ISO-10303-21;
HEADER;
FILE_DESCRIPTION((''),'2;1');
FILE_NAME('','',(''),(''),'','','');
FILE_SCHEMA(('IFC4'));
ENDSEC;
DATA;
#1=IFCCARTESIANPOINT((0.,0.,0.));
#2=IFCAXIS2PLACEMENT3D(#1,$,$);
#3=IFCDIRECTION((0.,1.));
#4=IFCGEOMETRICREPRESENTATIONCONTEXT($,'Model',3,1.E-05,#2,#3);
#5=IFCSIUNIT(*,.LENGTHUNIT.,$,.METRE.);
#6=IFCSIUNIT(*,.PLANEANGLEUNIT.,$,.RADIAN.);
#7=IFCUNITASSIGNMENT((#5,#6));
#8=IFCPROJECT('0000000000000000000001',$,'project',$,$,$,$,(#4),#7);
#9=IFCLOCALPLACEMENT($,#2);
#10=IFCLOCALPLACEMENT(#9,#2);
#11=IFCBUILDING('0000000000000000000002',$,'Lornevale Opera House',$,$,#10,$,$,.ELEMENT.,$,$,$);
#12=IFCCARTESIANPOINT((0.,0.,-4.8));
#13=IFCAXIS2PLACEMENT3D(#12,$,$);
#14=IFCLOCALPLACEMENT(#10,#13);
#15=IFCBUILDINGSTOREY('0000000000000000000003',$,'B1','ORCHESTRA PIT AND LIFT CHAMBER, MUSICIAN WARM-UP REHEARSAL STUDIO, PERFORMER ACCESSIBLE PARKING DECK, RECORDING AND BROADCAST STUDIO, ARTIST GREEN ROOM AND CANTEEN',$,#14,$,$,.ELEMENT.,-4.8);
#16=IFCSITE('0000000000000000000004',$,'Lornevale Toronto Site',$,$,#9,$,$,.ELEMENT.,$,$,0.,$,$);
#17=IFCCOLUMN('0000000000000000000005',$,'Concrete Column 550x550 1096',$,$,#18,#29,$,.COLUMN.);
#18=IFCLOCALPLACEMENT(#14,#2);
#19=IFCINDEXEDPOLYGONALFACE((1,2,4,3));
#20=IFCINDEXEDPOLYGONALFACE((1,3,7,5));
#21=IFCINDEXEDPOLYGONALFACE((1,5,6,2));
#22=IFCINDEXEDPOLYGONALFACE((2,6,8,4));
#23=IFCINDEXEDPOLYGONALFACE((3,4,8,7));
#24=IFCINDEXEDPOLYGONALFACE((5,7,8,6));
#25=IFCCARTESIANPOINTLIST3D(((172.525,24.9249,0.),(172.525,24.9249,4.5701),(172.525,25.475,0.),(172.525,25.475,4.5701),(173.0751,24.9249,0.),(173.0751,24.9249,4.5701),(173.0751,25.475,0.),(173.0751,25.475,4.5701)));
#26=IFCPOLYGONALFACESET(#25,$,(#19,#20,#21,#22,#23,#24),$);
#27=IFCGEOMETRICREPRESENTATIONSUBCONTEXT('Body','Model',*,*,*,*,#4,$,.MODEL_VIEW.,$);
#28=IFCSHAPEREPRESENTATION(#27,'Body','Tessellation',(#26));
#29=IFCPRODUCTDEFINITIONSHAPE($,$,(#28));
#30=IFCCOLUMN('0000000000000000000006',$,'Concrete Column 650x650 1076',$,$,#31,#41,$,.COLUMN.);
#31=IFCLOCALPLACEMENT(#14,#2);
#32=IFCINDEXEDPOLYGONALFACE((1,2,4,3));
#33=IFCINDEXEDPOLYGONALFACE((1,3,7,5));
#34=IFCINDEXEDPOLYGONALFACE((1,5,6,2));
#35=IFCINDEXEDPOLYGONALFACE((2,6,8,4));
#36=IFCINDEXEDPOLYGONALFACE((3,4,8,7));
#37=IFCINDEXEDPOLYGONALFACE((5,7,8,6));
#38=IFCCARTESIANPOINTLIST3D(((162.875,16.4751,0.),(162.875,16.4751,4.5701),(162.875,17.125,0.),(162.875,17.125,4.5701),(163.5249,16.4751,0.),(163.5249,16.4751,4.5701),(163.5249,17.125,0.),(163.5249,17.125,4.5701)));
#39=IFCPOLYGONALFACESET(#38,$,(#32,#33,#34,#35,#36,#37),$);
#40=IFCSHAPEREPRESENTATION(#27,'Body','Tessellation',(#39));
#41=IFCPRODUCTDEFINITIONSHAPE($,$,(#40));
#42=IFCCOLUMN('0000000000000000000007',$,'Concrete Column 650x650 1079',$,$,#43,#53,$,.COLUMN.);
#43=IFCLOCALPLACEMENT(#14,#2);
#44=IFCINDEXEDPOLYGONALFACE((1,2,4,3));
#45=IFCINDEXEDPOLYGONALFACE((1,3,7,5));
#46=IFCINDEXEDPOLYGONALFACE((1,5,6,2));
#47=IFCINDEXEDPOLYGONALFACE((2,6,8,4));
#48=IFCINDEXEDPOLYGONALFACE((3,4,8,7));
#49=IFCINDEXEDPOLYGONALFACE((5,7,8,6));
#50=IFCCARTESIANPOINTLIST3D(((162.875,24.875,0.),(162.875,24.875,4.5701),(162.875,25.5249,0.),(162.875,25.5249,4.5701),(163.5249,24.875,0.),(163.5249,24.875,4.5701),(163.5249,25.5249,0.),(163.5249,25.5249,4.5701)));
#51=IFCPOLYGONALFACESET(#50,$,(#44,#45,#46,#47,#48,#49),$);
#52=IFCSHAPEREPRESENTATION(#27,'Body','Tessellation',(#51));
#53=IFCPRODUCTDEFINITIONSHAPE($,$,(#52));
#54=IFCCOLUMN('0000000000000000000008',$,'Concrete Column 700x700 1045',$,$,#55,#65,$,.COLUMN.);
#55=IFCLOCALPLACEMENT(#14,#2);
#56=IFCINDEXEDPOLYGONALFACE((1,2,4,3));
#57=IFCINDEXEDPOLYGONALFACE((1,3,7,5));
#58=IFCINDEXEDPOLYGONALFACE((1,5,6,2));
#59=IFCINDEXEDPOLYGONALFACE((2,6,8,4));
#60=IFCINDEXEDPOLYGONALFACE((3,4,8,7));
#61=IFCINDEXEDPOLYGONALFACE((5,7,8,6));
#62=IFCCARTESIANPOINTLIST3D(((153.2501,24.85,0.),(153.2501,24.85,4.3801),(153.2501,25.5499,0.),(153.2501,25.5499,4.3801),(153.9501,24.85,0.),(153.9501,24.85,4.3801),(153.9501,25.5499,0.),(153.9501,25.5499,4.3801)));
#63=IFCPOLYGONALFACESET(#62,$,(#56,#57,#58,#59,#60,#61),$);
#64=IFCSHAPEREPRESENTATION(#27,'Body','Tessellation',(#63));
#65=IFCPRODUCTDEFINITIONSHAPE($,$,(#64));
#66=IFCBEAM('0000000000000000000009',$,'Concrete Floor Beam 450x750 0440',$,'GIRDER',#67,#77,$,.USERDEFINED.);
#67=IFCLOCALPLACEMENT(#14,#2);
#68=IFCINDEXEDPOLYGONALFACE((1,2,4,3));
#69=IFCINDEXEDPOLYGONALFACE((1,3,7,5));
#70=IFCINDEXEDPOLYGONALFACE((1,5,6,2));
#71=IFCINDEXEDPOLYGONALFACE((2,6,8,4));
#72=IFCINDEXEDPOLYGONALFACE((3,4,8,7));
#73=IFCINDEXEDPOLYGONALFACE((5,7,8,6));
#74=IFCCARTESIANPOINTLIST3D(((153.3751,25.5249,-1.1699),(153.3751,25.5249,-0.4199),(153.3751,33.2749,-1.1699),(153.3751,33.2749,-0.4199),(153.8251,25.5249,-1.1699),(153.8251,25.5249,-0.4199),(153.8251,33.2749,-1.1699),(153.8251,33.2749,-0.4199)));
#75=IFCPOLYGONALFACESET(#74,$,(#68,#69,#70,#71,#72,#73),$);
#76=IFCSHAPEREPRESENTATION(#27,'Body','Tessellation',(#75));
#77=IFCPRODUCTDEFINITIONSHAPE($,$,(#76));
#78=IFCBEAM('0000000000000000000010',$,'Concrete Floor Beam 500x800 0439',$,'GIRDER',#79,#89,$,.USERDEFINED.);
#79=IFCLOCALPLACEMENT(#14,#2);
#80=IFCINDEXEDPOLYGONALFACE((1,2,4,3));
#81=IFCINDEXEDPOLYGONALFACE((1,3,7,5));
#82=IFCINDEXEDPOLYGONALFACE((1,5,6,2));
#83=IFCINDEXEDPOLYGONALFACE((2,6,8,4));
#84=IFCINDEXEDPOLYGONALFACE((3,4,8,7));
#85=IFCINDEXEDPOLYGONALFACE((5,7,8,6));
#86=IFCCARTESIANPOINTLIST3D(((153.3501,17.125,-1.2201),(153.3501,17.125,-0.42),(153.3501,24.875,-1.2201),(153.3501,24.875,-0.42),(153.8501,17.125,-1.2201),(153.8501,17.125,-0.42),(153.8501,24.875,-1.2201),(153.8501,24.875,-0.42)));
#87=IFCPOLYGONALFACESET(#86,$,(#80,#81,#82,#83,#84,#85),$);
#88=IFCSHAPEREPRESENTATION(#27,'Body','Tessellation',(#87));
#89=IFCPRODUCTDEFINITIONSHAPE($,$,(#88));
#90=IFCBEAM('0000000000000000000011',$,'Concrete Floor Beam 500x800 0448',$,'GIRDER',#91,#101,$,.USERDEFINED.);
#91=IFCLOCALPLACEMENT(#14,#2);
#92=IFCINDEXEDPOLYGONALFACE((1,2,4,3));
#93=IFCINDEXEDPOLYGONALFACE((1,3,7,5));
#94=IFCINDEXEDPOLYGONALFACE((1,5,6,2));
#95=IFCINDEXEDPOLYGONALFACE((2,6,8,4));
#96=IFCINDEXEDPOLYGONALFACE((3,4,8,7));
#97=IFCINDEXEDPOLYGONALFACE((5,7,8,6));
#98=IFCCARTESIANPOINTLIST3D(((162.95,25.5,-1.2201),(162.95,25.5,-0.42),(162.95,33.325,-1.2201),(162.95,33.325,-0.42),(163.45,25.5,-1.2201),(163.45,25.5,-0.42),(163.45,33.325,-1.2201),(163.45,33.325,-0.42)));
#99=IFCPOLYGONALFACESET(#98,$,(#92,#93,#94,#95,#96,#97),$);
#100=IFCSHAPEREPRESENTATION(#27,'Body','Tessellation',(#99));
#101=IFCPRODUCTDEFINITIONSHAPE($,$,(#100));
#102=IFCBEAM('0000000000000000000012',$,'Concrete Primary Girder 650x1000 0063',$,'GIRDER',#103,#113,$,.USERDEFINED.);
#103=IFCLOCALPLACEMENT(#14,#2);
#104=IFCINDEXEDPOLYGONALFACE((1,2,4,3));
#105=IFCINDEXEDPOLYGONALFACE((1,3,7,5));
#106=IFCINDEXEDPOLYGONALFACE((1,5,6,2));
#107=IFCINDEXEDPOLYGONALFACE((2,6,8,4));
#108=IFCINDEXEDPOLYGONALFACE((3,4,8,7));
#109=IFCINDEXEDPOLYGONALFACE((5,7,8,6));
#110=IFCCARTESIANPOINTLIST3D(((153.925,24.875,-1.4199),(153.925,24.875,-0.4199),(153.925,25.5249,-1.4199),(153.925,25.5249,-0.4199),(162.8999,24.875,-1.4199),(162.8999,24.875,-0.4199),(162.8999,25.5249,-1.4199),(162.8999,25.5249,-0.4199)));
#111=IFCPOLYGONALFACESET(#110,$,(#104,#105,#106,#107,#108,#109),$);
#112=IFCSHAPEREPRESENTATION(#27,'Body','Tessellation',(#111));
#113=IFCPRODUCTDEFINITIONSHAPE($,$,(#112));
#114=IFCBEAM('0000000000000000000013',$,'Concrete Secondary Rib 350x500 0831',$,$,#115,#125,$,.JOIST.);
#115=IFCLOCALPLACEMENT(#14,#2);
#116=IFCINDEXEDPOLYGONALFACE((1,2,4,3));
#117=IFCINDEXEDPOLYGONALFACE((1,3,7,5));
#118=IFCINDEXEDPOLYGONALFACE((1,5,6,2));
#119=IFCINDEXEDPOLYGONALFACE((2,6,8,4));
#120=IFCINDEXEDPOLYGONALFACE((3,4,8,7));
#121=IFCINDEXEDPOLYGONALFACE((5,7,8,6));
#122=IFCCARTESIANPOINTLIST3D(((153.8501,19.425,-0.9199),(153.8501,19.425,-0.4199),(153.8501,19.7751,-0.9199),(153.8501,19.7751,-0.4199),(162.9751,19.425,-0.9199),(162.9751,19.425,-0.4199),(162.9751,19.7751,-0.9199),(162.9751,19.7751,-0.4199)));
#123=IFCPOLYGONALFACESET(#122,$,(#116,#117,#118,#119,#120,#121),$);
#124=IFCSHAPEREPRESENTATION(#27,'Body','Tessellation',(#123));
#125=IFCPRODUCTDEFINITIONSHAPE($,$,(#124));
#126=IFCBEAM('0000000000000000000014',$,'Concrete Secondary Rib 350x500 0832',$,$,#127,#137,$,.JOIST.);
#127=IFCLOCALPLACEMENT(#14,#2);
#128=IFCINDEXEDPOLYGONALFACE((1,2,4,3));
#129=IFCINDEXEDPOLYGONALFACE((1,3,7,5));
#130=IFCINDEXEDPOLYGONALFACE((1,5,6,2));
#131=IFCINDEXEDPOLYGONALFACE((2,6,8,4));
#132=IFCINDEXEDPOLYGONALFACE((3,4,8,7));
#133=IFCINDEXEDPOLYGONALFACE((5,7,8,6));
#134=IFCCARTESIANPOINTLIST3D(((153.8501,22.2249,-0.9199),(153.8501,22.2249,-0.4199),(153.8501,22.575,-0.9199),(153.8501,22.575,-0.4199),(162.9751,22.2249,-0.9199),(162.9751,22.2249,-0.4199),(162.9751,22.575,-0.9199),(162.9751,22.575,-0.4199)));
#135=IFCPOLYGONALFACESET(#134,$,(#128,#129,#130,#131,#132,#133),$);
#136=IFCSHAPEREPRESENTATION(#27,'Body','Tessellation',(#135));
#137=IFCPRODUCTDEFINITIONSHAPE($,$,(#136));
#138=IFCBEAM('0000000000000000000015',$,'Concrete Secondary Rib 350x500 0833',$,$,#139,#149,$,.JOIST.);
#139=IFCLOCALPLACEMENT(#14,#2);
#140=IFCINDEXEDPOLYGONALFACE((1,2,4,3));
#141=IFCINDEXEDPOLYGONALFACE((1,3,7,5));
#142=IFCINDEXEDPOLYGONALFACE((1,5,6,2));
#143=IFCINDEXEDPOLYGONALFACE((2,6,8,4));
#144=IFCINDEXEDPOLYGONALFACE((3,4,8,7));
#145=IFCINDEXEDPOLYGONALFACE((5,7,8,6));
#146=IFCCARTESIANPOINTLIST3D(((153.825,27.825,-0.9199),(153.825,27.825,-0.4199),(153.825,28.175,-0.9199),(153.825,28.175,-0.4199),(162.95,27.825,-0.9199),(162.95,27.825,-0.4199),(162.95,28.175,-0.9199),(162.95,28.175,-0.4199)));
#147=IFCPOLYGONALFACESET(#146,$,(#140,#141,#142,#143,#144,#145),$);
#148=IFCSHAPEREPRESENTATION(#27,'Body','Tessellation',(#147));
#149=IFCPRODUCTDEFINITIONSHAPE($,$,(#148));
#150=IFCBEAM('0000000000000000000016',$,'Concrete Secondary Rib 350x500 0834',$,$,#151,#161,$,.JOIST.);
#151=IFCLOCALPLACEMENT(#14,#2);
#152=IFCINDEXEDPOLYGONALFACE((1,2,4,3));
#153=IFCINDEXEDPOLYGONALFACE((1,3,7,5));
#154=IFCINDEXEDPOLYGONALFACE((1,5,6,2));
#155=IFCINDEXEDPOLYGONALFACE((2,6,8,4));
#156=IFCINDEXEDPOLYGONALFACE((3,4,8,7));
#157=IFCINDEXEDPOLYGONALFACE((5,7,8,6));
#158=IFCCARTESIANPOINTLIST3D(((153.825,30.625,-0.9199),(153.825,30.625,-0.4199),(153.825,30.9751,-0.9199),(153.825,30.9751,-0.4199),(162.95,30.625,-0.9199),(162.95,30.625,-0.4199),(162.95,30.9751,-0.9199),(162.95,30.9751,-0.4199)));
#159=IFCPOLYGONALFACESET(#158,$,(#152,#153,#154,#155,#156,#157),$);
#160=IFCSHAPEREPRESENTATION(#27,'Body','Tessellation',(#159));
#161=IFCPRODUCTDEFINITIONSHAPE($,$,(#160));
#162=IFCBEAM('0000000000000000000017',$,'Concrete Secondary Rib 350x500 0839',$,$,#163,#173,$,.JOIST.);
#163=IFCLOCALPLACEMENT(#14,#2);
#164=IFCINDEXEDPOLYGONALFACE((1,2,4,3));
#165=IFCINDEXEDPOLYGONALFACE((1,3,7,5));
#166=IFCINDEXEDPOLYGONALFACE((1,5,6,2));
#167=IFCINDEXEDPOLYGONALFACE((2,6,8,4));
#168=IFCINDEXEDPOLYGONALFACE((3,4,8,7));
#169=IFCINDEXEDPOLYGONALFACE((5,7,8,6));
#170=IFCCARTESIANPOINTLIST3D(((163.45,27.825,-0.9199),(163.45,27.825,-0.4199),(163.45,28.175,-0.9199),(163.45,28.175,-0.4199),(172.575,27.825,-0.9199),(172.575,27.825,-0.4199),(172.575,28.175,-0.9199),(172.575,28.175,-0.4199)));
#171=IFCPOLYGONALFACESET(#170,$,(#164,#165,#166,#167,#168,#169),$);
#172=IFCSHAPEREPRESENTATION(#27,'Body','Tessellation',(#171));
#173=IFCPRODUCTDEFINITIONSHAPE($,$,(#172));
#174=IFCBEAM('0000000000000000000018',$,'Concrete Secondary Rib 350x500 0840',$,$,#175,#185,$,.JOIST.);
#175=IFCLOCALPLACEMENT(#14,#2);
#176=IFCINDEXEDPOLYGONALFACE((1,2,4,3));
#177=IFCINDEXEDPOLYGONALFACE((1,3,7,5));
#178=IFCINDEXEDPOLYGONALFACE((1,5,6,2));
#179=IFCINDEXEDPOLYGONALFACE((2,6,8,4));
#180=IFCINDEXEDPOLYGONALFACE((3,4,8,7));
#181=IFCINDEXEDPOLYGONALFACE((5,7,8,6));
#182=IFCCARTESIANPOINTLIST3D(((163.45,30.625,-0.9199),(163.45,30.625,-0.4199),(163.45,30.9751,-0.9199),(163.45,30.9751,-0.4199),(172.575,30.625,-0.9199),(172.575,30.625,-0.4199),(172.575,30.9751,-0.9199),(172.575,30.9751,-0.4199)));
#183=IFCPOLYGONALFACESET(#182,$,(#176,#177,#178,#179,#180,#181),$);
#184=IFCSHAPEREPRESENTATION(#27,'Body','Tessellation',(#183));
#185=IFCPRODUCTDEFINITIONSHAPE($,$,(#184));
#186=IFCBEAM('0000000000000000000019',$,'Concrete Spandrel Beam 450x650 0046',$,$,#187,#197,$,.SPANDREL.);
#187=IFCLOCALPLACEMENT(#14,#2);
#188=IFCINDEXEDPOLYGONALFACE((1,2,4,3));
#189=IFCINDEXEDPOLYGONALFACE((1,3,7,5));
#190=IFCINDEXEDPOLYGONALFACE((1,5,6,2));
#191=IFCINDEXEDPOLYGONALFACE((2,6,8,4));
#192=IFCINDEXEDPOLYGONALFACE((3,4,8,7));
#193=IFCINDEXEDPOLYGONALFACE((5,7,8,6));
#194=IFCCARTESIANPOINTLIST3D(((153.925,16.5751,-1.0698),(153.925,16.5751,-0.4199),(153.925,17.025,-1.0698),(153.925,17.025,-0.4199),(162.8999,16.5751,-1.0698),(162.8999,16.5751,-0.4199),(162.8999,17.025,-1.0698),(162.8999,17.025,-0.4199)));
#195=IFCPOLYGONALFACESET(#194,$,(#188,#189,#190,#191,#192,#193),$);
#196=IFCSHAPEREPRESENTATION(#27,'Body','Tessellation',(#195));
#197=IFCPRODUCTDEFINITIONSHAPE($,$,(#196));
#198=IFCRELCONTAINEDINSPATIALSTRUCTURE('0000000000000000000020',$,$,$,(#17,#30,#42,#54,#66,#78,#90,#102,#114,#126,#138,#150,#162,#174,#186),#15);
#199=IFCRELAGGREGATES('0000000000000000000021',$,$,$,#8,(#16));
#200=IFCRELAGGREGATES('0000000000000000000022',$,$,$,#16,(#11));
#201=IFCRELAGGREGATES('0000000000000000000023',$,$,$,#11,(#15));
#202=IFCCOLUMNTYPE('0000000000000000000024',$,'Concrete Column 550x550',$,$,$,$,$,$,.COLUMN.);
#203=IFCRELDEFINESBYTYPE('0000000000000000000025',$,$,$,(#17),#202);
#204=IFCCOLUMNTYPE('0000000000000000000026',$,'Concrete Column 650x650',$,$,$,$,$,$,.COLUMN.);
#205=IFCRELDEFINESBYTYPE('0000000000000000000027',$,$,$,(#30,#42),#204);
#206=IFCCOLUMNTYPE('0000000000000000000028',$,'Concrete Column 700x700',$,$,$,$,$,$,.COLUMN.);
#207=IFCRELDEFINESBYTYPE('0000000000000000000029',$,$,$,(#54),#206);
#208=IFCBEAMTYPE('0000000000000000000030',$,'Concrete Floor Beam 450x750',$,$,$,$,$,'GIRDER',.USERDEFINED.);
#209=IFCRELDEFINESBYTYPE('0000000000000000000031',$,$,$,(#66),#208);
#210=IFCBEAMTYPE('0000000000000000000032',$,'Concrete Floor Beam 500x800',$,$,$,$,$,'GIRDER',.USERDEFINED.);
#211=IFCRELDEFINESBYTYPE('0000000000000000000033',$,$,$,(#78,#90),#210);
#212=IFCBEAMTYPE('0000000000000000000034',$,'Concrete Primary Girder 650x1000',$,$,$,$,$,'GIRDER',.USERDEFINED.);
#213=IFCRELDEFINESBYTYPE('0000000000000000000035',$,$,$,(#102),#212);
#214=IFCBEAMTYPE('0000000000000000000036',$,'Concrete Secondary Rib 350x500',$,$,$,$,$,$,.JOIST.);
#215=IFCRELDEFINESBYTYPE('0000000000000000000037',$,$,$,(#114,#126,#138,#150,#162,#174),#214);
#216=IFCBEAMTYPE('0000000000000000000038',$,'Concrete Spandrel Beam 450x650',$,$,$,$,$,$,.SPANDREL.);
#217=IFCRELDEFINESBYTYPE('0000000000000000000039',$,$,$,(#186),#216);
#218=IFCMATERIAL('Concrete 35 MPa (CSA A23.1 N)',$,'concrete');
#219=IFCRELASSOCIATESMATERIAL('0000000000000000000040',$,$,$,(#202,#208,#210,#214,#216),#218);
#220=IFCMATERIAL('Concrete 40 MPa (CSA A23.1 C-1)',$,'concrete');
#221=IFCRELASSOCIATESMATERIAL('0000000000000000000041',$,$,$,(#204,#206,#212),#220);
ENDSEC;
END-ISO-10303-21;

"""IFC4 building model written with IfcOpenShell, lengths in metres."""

from ifc_helpers import new_model, si_unit, direction, frame, origin, origin_2d, place, context, subcontext, project, spatial, rectangle, extrude, material, material_profile, profile_set, type_object, element, save


model = new_model("IFC4")

# Units and contexts
model_context = context("Model", 3, precision=1e-05, world=origin(), true_north=direction((0.0, 1.0)))
body_context = subcontext(model_context, "Body", "Model", "MODEL_VIEW")
ifc_project = project(units=[si_unit("LENGTHUNIT", "METRE"), si_unit("PLANEANGLEUNIT", "RADIAN")], contexts=[model_context])

# Site, building, storey
site_placement = place(None, origin())
site = spatial("IfcSite", under=ifc_project, at=site_placement, Name="Lornevale Toronto Site", CompositionType="ELEMENT", RefElevation=0.0)
building_placement = place(site_placement, origin())
building = spatial("IfcBuilding", under=site, at=building_placement, Name="Lornevale Opera House", CompositionType="ELEMENT")
storey_placement = place(building_placement, frame((0.0, 0.0, -4.8)))
storey = spatial("IfcBuildingStorey", under=building, at=storey_placement, Name="B1", Description="ORCHESTRA PIT AND LIFT CHAMBER, MUSICIAN WARM-UP REHEARSAL STUDIO, PERFORMER ACCESSIBLE PARKING DECK, RECORDING AND BROADCAST STUDIO, ARTIST GREEN ROOM AND CANTEEN", CompositionType="ELEMENT", Elevation=-4.8)

# Columns
ifc_material_1 = material(Name="Concrete 35 MPa (CSA A23.1 N)", Category="concrete")
ifc_material_profile_1 = material_profile(ifc_material_1, rectangle(XDim=0.55, YDim=0.55, at=origin_2d()), Name="RC550x550")
ifc_profile_set_1 = profile_set([ifc_material_profile_1], Name="Concrete 35 MPa (CSA A23.1 N)")
column_type_1 = type_object("IfcColumnType", Name="Concrete Column 550x550", PredefinedType="COLUMN", material=ifc_profile_set_1)
column_1_placement = place(storey_placement, frame((172.8, 25.2, 0.0), z_axis=(0.0, 0.0, 1.0), x_axis=(1.0, 0.0, 0.0)))
element("IfcColumn", 1, at=column_1_placement, inside=storey, type_object=column_type_1, Name="Concrete Column 550x550 1096", PredefinedType="COLUMN", context=body_context, shape_type="SweptSolid", body=[
    extrude(rectangle(XDim=0.55, YDim=0.55, at=origin_2d()), origin(), (0.0, 0.0, 1.0), 4.5701),
])
ifc_material_2 = material(Name="Concrete 40 MPa (CSA A23.1 C-1)", Category="concrete")
ifc_material_profile_2 = material_profile(ifc_material_2, rectangle(XDim=0.6499, YDim=0.6499, at=origin_2d()), Name="RC650x650")
ifc_profile_set_2 = profile_set([ifc_material_profile_2], Name="Concrete 40 MPa (CSA A23.1 C-1)")
column_type_2 = type_object("IfcColumnType", Name="Concrete Column 650x650", PredefinedType="COLUMN", material=ifc_profile_set_2)
for number, where, z_axis, x_axis, name in (
    (2, (163.2, 16.8, 0.0), (0.0, 0.0, 1.0), (1.0, 0.0, 0.0), "Concrete Column 650x650 1076"),
    (3, (163.2, 25.2, 0.0), (0.0, 0.0, 1.0), (1.0, 0.0, 0.0), "Concrete Column 650x650 1079"),
):
    element("IfcColumn", number, at=place(storey_placement, frame(where, z_axis=z_axis, x_axis=x_axis)), inside=storey, type_object=column_type_2, Name=name, PredefinedType="COLUMN", context=body_context, shape_type="SweptSolid", body=[
        extrude(rectangle(XDim=0.6499, YDim=0.6499, at=origin_2d()), origin(), (0.0, 0.0, 1.0), 4.5701),
    ])
ifc_material_profile_3 = material_profile(ifc_material_2, rectangle(XDim=0.7, YDim=0.7, at=origin_2d()), Name="RC700x700")
ifc_profile_set_3 = profile_set([ifc_material_profile_3], Name="Concrete 40 MPa (CSA A23.1 C-1)")
column_type_3 = type_object("IfcColumnType", Name="Concrete Column 700x700", PredefinedType="COLUMN", material=ifc_profile_set_3)
column_2_placement = place(storey_placement, frame((153.6001, 25.2, 0.0), z_axis=(0.0, 0.0, 1.0), x_axis=(1.0, 0.0, 0.0)))
element("IfcColumn", 4, at=column_2_placement, inside=storey, type_object=column_type_3, Name="Concrete Column 700x700 1045", PredefinedType="COLUMN", context=body_context, shape_type="SweptSolid", body=[
    extrude(rectangle(XDim=0.7, YDim=0.7, at=origin_2d()), origin(), (0.0, 0.0, 1.0), 4.3801),
])

# Beams
ifc_material_profile_4 = material_profile(ifc_material_1, rectangle(XDim=0.45, YDim=0.75, at=origin_2d()), Name="RC450x750")
ifc_profile_set_4 = profile_set([ifc_material_profile_4], Name="Concrete 35 MPa (CSA A23.1 N)")
beam_type_1 = type_object("IfcBeamType", Name="Concrete Floor Beam 450x750", ElementType="GIRDER", PredefinedType="USERDEFINED", material=ifc_profile_set_4)
beam_1_placement = place(storey_placement, frame((153.6001, 25.5249, -0.7949), z_axis=(0.0, 1.0, 0.0), x_axis=(-1.0, 0.0, 0.0)))
element("IfcBeam", 5, at=beam_1_placement, inside=storey, type_object=beam_type_1, Name="Concrete Floor Beam 450x750 0440", ObjectType="GIRDER", PredefinedType="USERDEFINED", context=body_context, shape_type="SweptSolid", body=[
    extrude(rectangle(XDim=0.45, YDim=0.75, at=origin_2d()), origin(), (0.0, 0.0, 1.0), 7.75),
])
ifc_material_profile_5 = material_profile(ifc_material_1, rectangle(XDim=0.5, YDim=0.8, at=origin_2d()), Name="RC500x800")
ifc_profile_set_5 = profile_set([ifc_material_profile_5], Name="Concrete 35 MPa (CSA A23.1 N)")
beam_type_2 = type_object("IfcBeamType", Name="Concrete Floor Beam 500x800", ElementType="GIRDER", PredefinedType="USERDEFINED", material=ifc_profile_set_5)
beam_2_placement = place(storey_placement, frame((153.6001, 17.125, -0.8201), z_axis=(0.0, 1.0, 0.0), x_axis=(-1.0, 0.0, 0.0)))
element("IfcBeam", 6, at=beam_2_placement, inside=storey, type_object=beam_type_2, Name="Concrete Floor Beam 500x800 0439", ObjectType="GIRDER", PredefinedType="USERDEFINED", context=body_context, shape_type="SweptSolid", body=[
    extrude(rectangle(XDim=0.5, YDim=0.8, at=origin_2d()), origin(), (0.0, 0.0, 1.0), 7.75),
])
beam_3_placement = place(storey_placement, frame((163.2, 25.5, -0.8201), z_axis=(0.0, 1.0, 0.0), x_axis=(-1.0, 0.0, 0.0)))
element("IfcBeam", 7, at=beam_3_placement, inside=storey, type_object=beam_type_2, Name="Concrete Floor Beam 500x800 0448", ObjectType="GIRDER", PredefinedType="USERDEFINED", context=body_context, shape_type="SweptSolid", body=[
    extrude(rectangle(XDim=0.5, YDim=0.8, at=origin_2d()), origin(), (0.0, 0.0, 1.0), 7.825),
])
ifc_material_profile_6 = material_profile(ifc_material_2, rectangle(XDim=0.6499, YDim=1.0, at=origin_2d()), Name="RC650x1000")
ifc_profile_set_6 = profile_set([ifc_material_profile_6], Name="Concrete 40 MPa (CSA A23.1 C-1)")
beam_type_3 = type_object("IfcBeamType", Name="Concrete Primary Girder 650x1000", ElementType="GIRDER", PredefinedType="USERDEFINED", material=ifc_profile_set_6)
beam_4_placement = place(storey_placement, frame((153.925, 25.2, -0.9199), z_axis=(1.0, 0.0, 0.0), x_axis=(0.0, 1.0, 0.0)))
element("IfcBeam", 8, at=beam_4_placement, inside=storey, type_object=beam_type_3, Name="Concrete Primary Girder 650x1000 0063", ObjectType="GIRDER", PredefinedType="USERDEFINED", context=body_context, shape_type="SweptSolid", body=[
    extrude(rectangle(XDim=0.6499, YDim=1.0, at=origin_2d()), origin(), (0.0, 0.0, 1.0), 8.9749),
])
ifc_material_profile_7 = material_profile(ifc_material_1, rectangle(XDim=0.3501, YDim=0.5, at=origin_2d()), Name="RC350x500")
ifc_profile_set_7 = profile_set([ifc_material_profile_7], Name="Concrete 35 MPa (CSA A23.1 N)")
beam_type_4 = type_object("IfcBeamType", Name="Concrete Secondary Rib 350x500", PredefinedType="JOIST", material=ifc_profile_set_7)
for number, where, z_axis, x_axis, name in (
    (9, (153.8501, 19.6001, -0.6699), (1.0, 0.0, 0.0), (0.0, 1.0, 0.0), "Concrete Secondary Rib 350x500 0831"),
    (10, (153.8501, 22.3999, -0.6699), (1.0, 0.0, 0.0), (0.0, 1.0, 0.0), "Concrete Secondary Rib 350x500 0832"),
    (11, (153.825, 28.0, -0.6699), (1.0, 0.0, 0.0), (0.0, 1.0, 0.0), "Concrete Secondary Rib 350x500 0833"),
    (12, (153.825, 30.8, -0.6699), (1.0, 0.0, 0.0), (0.0, 1.0, 0.0), "Concrete Secondary Rib 350x500 0834"),
    (13, (163.45, 28.0, -0.6699), (1.0, 0.0, 0.0), (0.0, 1.0, 0.0), "Concrete Secondary Rib 350x500 0839"),
    (14, (163.45, 30.8, -0.6699), (1.0, 0.0, 0.0), (0.0, 1.0, 0.0), "Concrete Secondary Rib 350x500 0840"),
):
    element("IfcBeam", number, at=place(storey_placement, frame(where, z_axis=z_axis, x_axis=x_axis)), inside=storey, type_object=beam_type_4, Name=name, PredefinedType="JOIST", context=body_context, shape_type="SweptSolid", body=[
        extrude(rectangle(XDim=0.3501, YDim=0.5, at=origin_2d()), origin(), (0.0, 0.0, 1.0), 9.125),
    ])
ifc_material_profile_8 = material_profile(ifc_material_1, rectangle(XDim=0.45, YDim=0.6499, at=origin_2d()), Name="RC450x650")
ifc_profile_set_8 = profile_set([ifc_material_profile_8], Name="Concrete 35 MPa (CSA A23.1 N)")
beam_type_5 = type_object("IfcBeamType", Name="Concrete Spandrel Beam 450x650", PredefinedType="SPANDREL", material=ifc_profile_set_8)
beam_5_placement = place(storey_placement, frame((153.925, 16.8, -0.7449), z_axis=(1.0, 0.0, 0.0), x_axis=(0.0, 1.0, 0.0)))
element("IfcBeam", 15, at=beam_5_placement, inside=storey, type_object=beam_type_5, Name="Concrete Spandrel Beam 450x650 0046", PredefinedType="SPANDREL", context=body_context, shape_type="SweptSolid", body=[
    extrude(rectangle(XDim=0.45, YDim=0.6499, at=origin_2d()), origin(), (0.0, 0.0, 1.0), 8.9749),
])

save(model, "model.ifc")
